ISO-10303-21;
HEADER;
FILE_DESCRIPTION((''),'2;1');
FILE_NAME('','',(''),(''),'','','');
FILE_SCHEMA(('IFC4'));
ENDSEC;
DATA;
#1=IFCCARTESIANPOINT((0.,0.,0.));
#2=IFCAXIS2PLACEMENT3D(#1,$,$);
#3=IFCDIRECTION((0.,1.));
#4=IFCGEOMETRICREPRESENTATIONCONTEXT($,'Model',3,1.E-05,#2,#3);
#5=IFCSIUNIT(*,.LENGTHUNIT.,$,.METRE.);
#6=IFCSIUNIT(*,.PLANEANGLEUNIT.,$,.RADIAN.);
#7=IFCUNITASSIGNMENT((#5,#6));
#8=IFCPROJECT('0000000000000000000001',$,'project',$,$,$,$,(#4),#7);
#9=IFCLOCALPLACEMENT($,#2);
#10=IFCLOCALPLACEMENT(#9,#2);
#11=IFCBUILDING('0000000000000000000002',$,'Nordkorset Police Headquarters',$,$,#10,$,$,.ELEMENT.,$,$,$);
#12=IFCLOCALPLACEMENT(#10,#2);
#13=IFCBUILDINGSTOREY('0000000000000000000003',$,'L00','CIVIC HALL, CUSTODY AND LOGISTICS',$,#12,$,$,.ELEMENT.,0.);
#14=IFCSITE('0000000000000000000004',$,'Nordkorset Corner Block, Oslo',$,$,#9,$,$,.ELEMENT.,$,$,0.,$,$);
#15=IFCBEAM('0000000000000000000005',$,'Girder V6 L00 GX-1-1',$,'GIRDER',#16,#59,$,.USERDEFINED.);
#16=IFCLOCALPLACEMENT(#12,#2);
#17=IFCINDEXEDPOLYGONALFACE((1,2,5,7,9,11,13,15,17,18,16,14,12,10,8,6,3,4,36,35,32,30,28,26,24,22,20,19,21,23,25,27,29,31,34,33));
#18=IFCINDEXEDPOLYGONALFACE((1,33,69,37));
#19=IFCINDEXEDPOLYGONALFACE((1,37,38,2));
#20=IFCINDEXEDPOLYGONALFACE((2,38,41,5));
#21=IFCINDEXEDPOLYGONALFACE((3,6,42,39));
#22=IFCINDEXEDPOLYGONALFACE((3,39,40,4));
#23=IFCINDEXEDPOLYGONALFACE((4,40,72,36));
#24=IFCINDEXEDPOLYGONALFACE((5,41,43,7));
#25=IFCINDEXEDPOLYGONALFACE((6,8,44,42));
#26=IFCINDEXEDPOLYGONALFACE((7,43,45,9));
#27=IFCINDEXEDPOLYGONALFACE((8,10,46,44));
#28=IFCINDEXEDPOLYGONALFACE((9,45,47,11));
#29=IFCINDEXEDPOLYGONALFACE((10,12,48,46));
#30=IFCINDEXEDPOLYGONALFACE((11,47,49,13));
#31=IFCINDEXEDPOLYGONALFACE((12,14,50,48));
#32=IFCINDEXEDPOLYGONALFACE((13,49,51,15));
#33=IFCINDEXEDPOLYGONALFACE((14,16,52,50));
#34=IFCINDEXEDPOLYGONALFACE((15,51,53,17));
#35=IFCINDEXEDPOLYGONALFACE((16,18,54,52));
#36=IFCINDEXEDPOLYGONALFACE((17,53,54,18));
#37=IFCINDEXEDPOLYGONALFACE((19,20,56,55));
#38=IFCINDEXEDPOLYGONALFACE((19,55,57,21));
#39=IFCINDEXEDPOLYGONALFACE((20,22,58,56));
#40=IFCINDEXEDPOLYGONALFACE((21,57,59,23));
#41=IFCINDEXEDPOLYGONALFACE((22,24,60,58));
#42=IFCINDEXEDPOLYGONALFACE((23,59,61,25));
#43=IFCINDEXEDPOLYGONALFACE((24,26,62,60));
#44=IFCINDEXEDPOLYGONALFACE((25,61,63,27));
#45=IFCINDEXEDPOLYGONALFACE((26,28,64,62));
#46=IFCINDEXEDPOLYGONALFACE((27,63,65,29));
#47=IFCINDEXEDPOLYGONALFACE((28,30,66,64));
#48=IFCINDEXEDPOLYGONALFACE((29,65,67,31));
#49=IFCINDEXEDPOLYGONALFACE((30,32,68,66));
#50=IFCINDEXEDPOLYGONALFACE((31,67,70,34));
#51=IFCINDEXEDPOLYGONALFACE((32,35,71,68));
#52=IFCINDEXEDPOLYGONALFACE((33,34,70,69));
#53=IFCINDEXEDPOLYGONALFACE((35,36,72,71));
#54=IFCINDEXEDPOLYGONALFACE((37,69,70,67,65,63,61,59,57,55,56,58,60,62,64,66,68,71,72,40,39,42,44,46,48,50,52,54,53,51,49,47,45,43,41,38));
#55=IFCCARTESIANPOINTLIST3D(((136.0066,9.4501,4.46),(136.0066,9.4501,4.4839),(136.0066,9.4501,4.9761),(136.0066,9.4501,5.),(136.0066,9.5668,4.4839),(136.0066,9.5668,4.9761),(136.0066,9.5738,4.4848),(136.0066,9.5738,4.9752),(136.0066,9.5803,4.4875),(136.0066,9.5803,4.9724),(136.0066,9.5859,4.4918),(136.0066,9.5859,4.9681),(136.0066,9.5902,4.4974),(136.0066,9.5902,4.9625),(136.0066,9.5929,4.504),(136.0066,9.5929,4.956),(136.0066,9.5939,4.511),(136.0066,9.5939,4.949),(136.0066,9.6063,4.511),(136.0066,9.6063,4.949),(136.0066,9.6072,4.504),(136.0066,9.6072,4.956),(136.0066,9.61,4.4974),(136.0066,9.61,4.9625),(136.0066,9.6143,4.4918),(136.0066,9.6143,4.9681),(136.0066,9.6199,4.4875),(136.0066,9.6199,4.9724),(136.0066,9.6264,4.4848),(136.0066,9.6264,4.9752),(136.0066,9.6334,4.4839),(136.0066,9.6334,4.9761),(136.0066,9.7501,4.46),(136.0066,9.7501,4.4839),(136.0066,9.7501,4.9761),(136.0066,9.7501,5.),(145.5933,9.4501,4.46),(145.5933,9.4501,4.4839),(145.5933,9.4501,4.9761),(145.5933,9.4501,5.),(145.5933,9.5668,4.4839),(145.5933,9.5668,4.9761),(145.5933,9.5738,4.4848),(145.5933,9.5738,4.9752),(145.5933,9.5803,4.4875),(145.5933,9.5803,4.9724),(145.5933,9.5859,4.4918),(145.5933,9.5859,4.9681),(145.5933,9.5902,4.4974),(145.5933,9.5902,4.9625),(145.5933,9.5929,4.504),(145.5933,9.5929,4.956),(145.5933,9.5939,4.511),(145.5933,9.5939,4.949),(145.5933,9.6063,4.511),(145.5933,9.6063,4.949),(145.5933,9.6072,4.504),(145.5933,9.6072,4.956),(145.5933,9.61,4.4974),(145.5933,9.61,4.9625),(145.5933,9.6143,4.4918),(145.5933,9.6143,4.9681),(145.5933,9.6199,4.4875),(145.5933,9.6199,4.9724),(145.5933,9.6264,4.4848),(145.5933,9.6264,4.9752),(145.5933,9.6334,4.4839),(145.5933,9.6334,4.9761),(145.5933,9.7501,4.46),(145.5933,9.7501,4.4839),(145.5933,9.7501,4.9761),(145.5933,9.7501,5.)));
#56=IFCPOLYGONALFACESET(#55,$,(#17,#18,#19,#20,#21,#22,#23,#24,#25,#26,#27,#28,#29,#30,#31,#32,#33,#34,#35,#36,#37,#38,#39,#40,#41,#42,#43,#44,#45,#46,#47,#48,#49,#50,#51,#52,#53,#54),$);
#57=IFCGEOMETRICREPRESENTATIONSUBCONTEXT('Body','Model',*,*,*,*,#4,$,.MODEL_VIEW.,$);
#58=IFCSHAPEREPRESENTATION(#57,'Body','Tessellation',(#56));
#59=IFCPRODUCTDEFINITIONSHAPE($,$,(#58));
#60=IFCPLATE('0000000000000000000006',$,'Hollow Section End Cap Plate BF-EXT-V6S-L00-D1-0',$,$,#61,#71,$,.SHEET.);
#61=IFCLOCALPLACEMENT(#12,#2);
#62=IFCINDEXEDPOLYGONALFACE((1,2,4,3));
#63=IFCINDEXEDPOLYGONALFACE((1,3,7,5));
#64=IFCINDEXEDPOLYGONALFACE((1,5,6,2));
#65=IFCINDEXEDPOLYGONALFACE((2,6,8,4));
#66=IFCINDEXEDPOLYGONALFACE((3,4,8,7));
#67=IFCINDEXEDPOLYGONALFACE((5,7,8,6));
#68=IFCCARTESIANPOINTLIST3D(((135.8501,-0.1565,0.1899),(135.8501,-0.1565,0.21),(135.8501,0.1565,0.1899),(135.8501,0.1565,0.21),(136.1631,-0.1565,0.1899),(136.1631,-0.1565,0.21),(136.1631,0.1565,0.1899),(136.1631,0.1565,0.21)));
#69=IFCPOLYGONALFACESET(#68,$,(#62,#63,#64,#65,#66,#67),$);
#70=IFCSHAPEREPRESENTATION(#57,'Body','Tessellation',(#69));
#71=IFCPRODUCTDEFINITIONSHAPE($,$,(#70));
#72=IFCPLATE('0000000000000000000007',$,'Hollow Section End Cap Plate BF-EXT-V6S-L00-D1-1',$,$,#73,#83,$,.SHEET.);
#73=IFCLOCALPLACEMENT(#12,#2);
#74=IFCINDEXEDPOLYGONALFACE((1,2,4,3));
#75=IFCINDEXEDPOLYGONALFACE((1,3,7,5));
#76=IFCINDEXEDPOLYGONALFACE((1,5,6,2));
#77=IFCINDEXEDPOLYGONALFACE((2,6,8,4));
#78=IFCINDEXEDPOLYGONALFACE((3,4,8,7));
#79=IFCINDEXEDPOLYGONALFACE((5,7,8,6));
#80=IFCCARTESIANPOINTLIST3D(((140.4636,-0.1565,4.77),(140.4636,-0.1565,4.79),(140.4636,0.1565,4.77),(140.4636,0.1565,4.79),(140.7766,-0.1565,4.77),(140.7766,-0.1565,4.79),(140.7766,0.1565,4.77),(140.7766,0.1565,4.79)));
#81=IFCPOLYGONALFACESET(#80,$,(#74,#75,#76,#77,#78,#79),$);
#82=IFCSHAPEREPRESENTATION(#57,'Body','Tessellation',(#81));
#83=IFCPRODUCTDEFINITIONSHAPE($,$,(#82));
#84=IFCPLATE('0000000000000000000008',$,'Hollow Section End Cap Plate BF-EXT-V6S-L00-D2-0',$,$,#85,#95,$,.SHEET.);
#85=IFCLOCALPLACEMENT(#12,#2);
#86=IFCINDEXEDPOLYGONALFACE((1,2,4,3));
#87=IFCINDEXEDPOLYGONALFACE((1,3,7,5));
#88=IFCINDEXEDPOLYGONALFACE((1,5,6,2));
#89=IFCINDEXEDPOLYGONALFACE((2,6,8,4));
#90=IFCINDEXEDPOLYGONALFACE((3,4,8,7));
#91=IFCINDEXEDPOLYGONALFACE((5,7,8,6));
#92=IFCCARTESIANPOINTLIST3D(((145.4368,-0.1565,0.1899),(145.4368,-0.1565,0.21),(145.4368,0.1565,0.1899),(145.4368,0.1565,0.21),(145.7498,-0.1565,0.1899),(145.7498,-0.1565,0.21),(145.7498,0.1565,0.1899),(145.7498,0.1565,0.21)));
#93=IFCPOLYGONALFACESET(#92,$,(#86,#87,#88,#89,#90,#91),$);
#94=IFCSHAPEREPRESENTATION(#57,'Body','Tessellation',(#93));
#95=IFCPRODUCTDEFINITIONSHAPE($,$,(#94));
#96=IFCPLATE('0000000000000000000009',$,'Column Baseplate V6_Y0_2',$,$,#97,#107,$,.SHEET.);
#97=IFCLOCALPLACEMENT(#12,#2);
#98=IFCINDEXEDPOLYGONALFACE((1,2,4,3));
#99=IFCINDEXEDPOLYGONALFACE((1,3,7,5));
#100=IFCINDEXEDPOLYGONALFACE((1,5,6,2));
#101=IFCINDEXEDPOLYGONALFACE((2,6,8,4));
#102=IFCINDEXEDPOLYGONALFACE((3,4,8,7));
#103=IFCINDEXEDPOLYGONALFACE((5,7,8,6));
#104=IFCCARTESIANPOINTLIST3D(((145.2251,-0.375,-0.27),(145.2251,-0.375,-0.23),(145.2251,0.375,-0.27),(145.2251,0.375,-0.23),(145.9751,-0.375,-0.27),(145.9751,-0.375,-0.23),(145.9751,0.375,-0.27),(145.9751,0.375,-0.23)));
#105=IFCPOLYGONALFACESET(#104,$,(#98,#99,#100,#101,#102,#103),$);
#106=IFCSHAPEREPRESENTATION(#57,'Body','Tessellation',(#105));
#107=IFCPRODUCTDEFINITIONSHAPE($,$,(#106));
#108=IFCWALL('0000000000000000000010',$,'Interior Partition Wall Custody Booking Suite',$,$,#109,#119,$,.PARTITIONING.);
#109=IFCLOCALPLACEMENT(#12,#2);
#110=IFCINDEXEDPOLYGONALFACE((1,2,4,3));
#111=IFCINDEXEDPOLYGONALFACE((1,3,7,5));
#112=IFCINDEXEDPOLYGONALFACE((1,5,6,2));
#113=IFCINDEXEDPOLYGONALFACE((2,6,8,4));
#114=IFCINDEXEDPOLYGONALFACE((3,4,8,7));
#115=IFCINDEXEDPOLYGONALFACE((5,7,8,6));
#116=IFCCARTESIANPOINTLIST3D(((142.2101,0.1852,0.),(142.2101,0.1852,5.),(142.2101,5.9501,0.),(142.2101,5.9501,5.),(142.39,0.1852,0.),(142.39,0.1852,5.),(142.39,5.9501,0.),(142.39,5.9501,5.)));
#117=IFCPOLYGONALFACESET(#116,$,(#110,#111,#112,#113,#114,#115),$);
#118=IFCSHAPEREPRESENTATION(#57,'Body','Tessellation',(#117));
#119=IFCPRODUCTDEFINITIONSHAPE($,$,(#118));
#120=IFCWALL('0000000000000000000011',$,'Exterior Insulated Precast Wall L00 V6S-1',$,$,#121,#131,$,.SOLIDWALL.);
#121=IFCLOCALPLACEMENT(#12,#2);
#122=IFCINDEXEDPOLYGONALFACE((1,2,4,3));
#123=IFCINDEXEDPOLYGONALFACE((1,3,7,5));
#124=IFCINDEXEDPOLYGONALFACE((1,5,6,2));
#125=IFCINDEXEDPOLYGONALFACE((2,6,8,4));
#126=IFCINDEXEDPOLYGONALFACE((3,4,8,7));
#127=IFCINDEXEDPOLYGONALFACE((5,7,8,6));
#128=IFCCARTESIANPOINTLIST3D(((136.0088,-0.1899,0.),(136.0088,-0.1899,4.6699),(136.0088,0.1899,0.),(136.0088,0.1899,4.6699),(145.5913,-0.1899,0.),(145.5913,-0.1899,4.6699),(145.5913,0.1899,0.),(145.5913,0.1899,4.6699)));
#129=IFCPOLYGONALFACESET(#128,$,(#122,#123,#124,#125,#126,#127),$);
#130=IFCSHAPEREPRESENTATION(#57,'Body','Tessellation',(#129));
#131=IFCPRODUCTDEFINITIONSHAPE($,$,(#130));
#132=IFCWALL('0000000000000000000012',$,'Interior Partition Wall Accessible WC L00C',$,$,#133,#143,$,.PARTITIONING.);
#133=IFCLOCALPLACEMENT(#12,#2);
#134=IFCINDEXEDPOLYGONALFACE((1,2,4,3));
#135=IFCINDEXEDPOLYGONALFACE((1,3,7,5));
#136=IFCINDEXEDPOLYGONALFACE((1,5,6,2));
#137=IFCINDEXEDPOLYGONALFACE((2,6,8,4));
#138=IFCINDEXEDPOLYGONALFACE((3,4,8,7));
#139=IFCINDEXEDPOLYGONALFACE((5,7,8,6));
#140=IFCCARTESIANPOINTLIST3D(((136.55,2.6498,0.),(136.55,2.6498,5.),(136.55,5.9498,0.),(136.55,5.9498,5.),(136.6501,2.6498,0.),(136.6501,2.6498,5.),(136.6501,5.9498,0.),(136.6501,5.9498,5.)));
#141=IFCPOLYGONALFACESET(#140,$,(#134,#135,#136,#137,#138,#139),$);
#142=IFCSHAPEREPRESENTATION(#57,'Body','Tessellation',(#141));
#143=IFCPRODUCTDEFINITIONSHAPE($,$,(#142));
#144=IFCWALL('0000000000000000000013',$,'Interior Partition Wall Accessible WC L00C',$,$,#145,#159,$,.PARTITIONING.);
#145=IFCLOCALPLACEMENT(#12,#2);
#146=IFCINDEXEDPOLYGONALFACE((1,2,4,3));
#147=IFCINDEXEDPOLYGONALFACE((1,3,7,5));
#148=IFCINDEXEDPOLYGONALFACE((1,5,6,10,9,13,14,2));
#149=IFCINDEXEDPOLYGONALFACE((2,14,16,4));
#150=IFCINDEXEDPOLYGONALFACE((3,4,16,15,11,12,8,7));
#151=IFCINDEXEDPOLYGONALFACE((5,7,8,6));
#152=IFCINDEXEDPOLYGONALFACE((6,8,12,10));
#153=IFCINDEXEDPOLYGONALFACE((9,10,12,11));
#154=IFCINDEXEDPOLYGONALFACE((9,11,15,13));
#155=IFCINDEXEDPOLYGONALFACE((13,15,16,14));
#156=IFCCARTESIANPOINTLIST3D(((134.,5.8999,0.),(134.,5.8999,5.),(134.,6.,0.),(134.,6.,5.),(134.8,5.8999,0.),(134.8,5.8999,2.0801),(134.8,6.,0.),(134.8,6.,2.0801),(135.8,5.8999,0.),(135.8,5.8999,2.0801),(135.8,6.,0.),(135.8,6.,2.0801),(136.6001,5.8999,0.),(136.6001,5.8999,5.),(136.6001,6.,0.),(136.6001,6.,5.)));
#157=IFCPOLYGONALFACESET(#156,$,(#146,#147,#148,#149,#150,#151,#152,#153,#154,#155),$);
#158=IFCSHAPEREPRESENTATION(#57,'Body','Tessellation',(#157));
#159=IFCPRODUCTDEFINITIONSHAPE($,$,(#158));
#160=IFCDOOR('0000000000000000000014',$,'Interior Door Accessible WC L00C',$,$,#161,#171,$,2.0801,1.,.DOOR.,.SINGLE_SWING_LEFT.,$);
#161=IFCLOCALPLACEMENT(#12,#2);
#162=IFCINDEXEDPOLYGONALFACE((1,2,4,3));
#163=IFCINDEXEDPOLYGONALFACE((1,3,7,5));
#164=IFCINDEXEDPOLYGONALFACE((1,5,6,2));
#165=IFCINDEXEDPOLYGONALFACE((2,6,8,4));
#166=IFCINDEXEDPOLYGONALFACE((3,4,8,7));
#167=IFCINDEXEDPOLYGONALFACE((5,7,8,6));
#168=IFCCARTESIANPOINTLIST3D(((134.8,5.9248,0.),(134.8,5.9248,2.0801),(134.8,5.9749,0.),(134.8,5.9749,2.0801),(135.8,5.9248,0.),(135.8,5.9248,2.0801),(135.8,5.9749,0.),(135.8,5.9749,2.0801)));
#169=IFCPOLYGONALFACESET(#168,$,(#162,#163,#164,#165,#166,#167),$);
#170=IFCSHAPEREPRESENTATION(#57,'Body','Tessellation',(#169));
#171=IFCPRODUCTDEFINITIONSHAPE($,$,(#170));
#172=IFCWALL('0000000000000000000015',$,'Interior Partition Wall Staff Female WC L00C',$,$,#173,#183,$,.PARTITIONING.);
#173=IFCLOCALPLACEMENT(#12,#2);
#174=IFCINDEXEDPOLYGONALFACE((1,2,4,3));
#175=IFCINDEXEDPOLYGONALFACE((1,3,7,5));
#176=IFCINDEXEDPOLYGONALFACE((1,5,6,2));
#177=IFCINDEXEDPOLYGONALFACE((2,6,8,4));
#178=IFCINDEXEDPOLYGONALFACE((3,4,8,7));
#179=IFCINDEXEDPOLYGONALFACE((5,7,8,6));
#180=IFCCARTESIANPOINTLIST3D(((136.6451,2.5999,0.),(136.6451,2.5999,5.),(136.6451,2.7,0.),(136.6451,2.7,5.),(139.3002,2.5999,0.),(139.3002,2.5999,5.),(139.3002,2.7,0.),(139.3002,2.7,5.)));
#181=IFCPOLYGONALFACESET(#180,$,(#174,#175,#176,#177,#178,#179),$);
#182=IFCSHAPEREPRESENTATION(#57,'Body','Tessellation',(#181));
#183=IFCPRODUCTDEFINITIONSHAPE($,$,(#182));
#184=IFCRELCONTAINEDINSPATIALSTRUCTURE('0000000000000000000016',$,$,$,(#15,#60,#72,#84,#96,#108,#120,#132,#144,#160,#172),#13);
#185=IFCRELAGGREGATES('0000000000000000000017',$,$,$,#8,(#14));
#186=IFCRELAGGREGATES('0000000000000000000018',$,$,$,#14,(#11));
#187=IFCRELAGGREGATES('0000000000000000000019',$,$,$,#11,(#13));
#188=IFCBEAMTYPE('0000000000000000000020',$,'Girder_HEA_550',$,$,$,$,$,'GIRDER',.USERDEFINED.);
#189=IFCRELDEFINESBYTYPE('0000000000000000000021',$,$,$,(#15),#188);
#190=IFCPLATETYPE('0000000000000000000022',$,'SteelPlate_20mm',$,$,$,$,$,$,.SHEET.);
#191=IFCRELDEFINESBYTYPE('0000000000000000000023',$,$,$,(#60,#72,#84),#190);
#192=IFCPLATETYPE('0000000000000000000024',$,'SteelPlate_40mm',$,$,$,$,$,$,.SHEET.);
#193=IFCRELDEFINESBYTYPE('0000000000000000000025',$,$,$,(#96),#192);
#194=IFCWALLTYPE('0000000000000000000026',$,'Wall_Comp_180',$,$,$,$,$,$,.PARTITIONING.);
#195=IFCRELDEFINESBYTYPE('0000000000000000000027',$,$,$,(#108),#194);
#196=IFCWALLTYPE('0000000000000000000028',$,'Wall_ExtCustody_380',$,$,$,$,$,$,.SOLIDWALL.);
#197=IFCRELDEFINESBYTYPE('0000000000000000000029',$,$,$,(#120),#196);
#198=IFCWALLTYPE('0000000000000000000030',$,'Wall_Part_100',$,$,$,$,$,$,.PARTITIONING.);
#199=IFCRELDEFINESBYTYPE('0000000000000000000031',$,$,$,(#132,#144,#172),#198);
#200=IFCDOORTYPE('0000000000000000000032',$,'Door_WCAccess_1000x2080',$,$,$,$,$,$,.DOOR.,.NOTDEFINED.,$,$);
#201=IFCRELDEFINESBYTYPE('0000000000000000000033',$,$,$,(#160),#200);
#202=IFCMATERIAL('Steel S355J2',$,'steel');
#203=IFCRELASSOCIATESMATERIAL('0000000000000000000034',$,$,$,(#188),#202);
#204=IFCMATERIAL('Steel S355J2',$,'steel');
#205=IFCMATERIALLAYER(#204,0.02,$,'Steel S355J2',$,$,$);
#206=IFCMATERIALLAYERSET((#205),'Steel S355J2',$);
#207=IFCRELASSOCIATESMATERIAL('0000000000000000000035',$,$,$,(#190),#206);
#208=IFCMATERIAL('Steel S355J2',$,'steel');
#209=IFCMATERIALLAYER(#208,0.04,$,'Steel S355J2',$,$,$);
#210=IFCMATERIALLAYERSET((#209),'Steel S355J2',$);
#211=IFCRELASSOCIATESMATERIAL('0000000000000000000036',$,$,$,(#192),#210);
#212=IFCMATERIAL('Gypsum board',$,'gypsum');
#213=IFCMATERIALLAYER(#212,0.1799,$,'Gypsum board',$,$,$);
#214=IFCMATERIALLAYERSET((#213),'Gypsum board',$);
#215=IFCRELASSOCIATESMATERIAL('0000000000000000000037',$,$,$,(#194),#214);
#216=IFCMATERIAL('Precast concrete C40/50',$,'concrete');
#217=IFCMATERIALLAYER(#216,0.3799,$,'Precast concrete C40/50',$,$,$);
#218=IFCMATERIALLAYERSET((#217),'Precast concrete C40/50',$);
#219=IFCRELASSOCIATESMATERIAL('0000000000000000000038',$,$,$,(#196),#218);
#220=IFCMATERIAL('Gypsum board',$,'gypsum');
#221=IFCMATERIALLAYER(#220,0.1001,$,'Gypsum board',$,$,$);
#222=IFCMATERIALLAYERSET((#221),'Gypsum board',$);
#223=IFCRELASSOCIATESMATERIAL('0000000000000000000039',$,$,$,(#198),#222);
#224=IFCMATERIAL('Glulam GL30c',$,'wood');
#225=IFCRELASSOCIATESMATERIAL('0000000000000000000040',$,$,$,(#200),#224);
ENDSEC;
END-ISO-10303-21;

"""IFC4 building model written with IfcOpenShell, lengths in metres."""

from ifc_helpers import new_model, si_unit, direction, frame, frame_2d, origin, origin_2d, place, context, subcontext, project, spatial, rectangle, i_section, extrude, material, layer, layer_set, material_profile, profile_set, type_object, element, fill, save


model = new_model("IFC4")

# Units and contexts
model_context = context("Model", 3, precision=1e-05, world=origin(), true_north=direction((0.0, 1.0)))
body_context = subcontext(model_context, "Body", "Model", "MODEL_VIEW")
ifc_project = project(units=[si_unit("LENGTHUNIT", "METRE"), si_unit("PLANEANGLEUNIT", "RADIAN")], contexts=[model_context])

# Site, building, storey
site_placement = place(None, origin())
site = spatial("IfcSite", under=ifc_project, at=site_placement, Name="Nordkorset Corner Block, Oslo", CompositionType="ELEMENT", RefElevation=0.0)
building_placement = place(site_placement, origin())
building = spatial("IfcBuilding", under=site, at=building_placement, Name="Nordkorset Police Headquarters", CompositionType="ELEMENT")
storey_placement = place(building_placement, origin())
storey = spatial("IfcBuildingStorey", under=building, at=storey_placement, Name="L00", Description="CIVIC HALL, CUSTODY AND LOGISTICS", CompositionType="ELEMENT", Elevation=0.0)

# Beam
ifc_material_1 = material(Name="Steel S355J2", Category="steel")
ifc_material_profile_1 = material_profile(ifc_material_1, i_section(OverallWidth=0.3, OverallDepth=0.54, WebThickness=0.0125, FlangeThickness=0.0239, FilletRadius=0.0271, at=origin_2d()), Name="HEA 550")
ifc_profile_set_1 = profile_set([ifc_material_profile_1], Name="Steel S355J2")
beam_type_1 = type_object("IfcBeamType", Name="Girder_HEA_550", ElementType="GIRDER", PredefinedType="USERDEFINED", material=ifc_profile_set_1)
beam_1_placement = place(storey_placement, frame((136.0066, 9.6001, 4.73), z_axis=(1.0, 0.0, 0.0), x_axis=(0.0, 1.0, 0.0)))
element("IfcBeam", 1, at=beam_1_placement, inside=storey, type_object=beam_type_1, Name="Girder V6 L00 GX-1-1", ObjectType="GIRDER", PredefinedType="USERDEFINED", context=body_context, shape_type="SweptSolid", body=[
    extrude(i_section(OverallWidth=0.3, OverallDepth=0.54, WebThickness=0.0125, FlangeThickness=0.0239, FilletRadius=0.0271, at=origin_2d()), origin(), (0.0, 0.0, 1.0), 9.5867),
])

# Plates
ifc_material_2 = material(Name="Steel S355J2", Category="steel")
ifc_layer_1 = layer(ifc_material_2, 0.02, Name="Steel S355J2")
ifc_layer_set_1 = layer_set([ifc_layer_1], Name="Steel S355J2")
plate_type_1 = type_object("IfcPlateType", Name="SteelPlate_20mm", PredefinedType="SHEET", material=ifc_layer_set_1)
for number, where, z_axis, x_axis, name in (
    (2, (136.0066, 0.0, 0.1899), (0.0, 0.0, 1.0), (1.0, 0.0, 0.0), "Hollow Section End Cap Plate BF-EXT-V6S-L00-D1-0"),
    (3, (140.6201, 0.0, 4.77), (0.0, 0.0, 1.0), (1.0, 0.0, 0.0), "Hollow Section End Cap Plate BF-EXT-V6S-L00-D1-1"),
    (4, (145.5933, 0.0, 0.1899), (0.0, 0.0, 1.0), (1.0, 0.0, 0.0), "Hollow Section End Cap Plate BF-EXT-V6S-L00-D2-0"),
):
    element("IfcPlate", number, at=place(storey_placement, frame(where, z_axis=z_axis, x_axis=x_axis)), inside=storey, type_object=plate_type_1, Name=name, PredefinedType="SHEET", context=body_context, shape_type="SweptSolid", body=[
        extrude(rectangle(XDim=0.313, YDim=0.313, at=origin_2d()), origin(), (0.0, 0.0, 1.0), 0.02),
    ])
ifc_material_3 = material(Name="Steel S355J2", Category="steel")
ifc_layer_2 = layer(ifc_material_3, 0.04, Name="Steel S355J2")
ifc_layer_set_2 = layer_set([ifc_layer_2], Name="Steel S355J2")
plate_type_2 = type_object("IfcPlateType", Name="SteelPlate_40mm", PredefinedType="SHEET", material=ifc_layer_set_2)
plate_placement = place(storey_placement, frame((145.6001, 0.0, -0.27), z_axis=(0.0, 0.0, 1.0), x_axis=(1.0, 0.0, 0.0)))
element("IfcPlate", 5, at=plate_placement, inside=storey, type_object=plate_type_2, Name="Column Baseplate V6_Y0_2", PredefinedType="SHEET", context=body_context, shape_type="SweptSolid", body=[
    extrude(rectangle(XDim=0.75, YDim=0.75, at=origin_2d()), origin(), (0.0, 0.0, 1.0), 0.04),
])

# Walls
ifc_material_4 = material(Name="Gypsum board", Category="gypsum")
ifc_layer_3 = layer(ifc_material_4, 0.1799, Name="Gypsum board")
ifc_layer_set_3 = layer_set([ifc_layer_3], Name="Gypsum board")
wall_type_1 = type_object("IfcWallType", Name="Wall_Comp_180", PredefinedType="PARTITIONING", material=ifc_layer_set_3)
wall_1_placement = place(storey_placement, frame((142.3, 5.95, 0.0), z_axis=(0.0, 0.0, 1.0), x_axis=(0.0, -1.0, 0.0)))
element("IfcWall", 6, at=wall_1_placement, inside=storey, type_object=wall_type_1, Name="Interior Partition Wall Custody Booking Suite", PredefinedType="PARTITIONING", context=body_context, shape_type="SweptSolid", body=[
    extrude(rectangle(XDim=5.7649, YDim=0.1799, at=frame_2d((2.8823, 0.0))), origin(), (0.0, 0.0, 1.0), 5.0),
])
ifc_material_5 = material(Name="Precast concrete C40/50", Category="concrete")
ifc_layer_4 = layer(ifc_material_5, 0.3799, Name="Precast concrete C40/50")
ifc_layer_set_4 = layer_set([ifc_layer_4], Name="Precast concrete C40/50")
wall_type_2 = type_object("IfcWallType", Name="Wall_ExtCustody_380", PredefinedType="SOLIDWALL", material=ifc_layer_set_4)
wall_2_placement = place(storey_placement, frame((136.0088, 0.0, 0.0), z_axis=(0.0, 0.0, 1.0), x_axis=(1.0, 0.0, 0.0)))
element("IfcWall", 7, at=wall_2_placement, inside=storey, type_object=wall_type_2, Name="Exterior Insulated Precast Wall L00 V6S-1", PredefinedType="SOLIDWALL", context=body_context, shape_type="SweptSolid", body=[
    extrude(rectangle(XDim=9.5825, YDim=0.3799, at=frame_2d((4.7913, 0.0))), origin(), (0.0, 0.0, 1.0), 4.6699),
])
ifc_material_6 = material(Name="Gypsum board", Category="gypsum")
ifc_layer_5 = layer(ifc_material_6, 0.1001, Name="Gypsum board")
ifc_layer_set_5 = layer_set([ifc_layer_5], Name="Gypsum board")
wall_type_3 = type_object("IfcWallType", Name="Wall_Part_100", PredefinedType="PARTITIONING", material=ifc_layer_set_5)
wall_3_placement = place(storey_placement, frame((136.6001, 2.6499, 0.0), z_axis=(0.0, 0.0, 1.0), x_axis=(0.0, 1.0, 0.0)))
element("IfcWall", 8, at=wall_3_placement, inside=storey, type_object=wall_type_3, Name="Interior Partition Wall Accessible WC L00C", PredefinedType="PARTITIONING", context=body_context, shape_type="SweptSolid", body=[
    extrude(rectangle(XDim=3.3, YDim=0.1001, at=frame_2d((1.6499, 0.0))), origin(), (0.0, 0.0, 1.0), 5.0),
])

# Wall, opening, door
wall_4_placement = place(storey_placement, frame((136.6001, 5.95, 0.0), z_axis=(0.0, 0.0, 1.0), x_axis=(-1.0, 0.0, 0.0)))
wall_4 = element("IfcWall", 9, at=wall_4_placement, inside=storey, type_object=wall_type_3, Name="Interior Partition Wall Accessible WC L00C", PredefinedType="PARTITIONING", context=body_context, shape_type="SweptSolid", body=[
    extrude(rectangle(XDim=2.6001, YDim=0.1001, at=frame_2d((1.3, 0.0))), origin(), (0.0, 0.0, 1.0), 5.0),
])
opening_1_placement = place(wall_4_placement, frame((0.8, 0.0, 0.0)))
opening_1 = element("IfcOpeningElement", 10, at=opening_1_placement, cuts=wall_4, PredefinedType="OPENING", context=body_context, shape_type="SweptSolid", body=[
    extrude(rectangle(XDim=1.0, YDim=2.0801, at=frame_2d((0.5, 1.04))), frame((0.0, 0.0601, 0.0), z_axis=(0.0, -1.0, 0.0), x_axis=(1.0, 0.0, 0.0)), (0.0, 0.0, 1.0), 0.1201),
])
ifc_material_7 = material(Name="Glulam GL30c", Category="wood")
door_type_1 = type_object("IfcDoorType", Name="Door_WCAccess_1000x2080", OperationType="NOTDEFINED", PredefinedType="DOOR", material=ifc_material_7)
door_1_placement = place(opening_1_placement, frame((1.0, 0.0, 0.0), z_axis=(0.0, 0.0, 1.0), x_axis=(-1.0, 0.0, 0.0)))
door_1 = element("IfcDoor", 11, at=door_1_placement, inside=storey, type_object=door_type_1, Name="Interior Door Accessible WC L00C", OperationType="SINGLE_SWING_LEFT", OverallHeight=2.0801, OverallWidth=1.0, PredefinedType="DOOR", context=body_context, shape_type="SweptSolid", body=[
    extrude(rectangle(XDim=1.0, YDim=2.0801, at=frame_2d((0.5, 1.04))), frame((0.0, 0.0249, 0.0), z_axis=(0.0, -1.0, 0.0), x_axis=(1.0, 0.0, 0.0)), (0.0, 0.0, 1.0), 0.05),
])
fill(opening_1, door_1)

# Wall
wall_5_placement = place(storey_placement, frame((136.645, 2.6499, 0.0), z_axis=(0.0, 0.0, 1.0), x_axis=(1.0, 0.0, 0.0)))
element("IfcWall", 12, at=wall_5_placement, inside=storey, type_object=wall_type_3, Name="Interior Partition Wall Staff Female WC L00C", PredefinedType="PARTITIONING", context=body_context, shape_type="SweptSolid", body=[
    extrude(rectangle(XDim=2.655, YDim=0.1001, at=frame_2d((1.3276, 0.0))), origin(), (0.0, 0.0, 1.0), 5.0),
])

save(model, "model.ifc")
